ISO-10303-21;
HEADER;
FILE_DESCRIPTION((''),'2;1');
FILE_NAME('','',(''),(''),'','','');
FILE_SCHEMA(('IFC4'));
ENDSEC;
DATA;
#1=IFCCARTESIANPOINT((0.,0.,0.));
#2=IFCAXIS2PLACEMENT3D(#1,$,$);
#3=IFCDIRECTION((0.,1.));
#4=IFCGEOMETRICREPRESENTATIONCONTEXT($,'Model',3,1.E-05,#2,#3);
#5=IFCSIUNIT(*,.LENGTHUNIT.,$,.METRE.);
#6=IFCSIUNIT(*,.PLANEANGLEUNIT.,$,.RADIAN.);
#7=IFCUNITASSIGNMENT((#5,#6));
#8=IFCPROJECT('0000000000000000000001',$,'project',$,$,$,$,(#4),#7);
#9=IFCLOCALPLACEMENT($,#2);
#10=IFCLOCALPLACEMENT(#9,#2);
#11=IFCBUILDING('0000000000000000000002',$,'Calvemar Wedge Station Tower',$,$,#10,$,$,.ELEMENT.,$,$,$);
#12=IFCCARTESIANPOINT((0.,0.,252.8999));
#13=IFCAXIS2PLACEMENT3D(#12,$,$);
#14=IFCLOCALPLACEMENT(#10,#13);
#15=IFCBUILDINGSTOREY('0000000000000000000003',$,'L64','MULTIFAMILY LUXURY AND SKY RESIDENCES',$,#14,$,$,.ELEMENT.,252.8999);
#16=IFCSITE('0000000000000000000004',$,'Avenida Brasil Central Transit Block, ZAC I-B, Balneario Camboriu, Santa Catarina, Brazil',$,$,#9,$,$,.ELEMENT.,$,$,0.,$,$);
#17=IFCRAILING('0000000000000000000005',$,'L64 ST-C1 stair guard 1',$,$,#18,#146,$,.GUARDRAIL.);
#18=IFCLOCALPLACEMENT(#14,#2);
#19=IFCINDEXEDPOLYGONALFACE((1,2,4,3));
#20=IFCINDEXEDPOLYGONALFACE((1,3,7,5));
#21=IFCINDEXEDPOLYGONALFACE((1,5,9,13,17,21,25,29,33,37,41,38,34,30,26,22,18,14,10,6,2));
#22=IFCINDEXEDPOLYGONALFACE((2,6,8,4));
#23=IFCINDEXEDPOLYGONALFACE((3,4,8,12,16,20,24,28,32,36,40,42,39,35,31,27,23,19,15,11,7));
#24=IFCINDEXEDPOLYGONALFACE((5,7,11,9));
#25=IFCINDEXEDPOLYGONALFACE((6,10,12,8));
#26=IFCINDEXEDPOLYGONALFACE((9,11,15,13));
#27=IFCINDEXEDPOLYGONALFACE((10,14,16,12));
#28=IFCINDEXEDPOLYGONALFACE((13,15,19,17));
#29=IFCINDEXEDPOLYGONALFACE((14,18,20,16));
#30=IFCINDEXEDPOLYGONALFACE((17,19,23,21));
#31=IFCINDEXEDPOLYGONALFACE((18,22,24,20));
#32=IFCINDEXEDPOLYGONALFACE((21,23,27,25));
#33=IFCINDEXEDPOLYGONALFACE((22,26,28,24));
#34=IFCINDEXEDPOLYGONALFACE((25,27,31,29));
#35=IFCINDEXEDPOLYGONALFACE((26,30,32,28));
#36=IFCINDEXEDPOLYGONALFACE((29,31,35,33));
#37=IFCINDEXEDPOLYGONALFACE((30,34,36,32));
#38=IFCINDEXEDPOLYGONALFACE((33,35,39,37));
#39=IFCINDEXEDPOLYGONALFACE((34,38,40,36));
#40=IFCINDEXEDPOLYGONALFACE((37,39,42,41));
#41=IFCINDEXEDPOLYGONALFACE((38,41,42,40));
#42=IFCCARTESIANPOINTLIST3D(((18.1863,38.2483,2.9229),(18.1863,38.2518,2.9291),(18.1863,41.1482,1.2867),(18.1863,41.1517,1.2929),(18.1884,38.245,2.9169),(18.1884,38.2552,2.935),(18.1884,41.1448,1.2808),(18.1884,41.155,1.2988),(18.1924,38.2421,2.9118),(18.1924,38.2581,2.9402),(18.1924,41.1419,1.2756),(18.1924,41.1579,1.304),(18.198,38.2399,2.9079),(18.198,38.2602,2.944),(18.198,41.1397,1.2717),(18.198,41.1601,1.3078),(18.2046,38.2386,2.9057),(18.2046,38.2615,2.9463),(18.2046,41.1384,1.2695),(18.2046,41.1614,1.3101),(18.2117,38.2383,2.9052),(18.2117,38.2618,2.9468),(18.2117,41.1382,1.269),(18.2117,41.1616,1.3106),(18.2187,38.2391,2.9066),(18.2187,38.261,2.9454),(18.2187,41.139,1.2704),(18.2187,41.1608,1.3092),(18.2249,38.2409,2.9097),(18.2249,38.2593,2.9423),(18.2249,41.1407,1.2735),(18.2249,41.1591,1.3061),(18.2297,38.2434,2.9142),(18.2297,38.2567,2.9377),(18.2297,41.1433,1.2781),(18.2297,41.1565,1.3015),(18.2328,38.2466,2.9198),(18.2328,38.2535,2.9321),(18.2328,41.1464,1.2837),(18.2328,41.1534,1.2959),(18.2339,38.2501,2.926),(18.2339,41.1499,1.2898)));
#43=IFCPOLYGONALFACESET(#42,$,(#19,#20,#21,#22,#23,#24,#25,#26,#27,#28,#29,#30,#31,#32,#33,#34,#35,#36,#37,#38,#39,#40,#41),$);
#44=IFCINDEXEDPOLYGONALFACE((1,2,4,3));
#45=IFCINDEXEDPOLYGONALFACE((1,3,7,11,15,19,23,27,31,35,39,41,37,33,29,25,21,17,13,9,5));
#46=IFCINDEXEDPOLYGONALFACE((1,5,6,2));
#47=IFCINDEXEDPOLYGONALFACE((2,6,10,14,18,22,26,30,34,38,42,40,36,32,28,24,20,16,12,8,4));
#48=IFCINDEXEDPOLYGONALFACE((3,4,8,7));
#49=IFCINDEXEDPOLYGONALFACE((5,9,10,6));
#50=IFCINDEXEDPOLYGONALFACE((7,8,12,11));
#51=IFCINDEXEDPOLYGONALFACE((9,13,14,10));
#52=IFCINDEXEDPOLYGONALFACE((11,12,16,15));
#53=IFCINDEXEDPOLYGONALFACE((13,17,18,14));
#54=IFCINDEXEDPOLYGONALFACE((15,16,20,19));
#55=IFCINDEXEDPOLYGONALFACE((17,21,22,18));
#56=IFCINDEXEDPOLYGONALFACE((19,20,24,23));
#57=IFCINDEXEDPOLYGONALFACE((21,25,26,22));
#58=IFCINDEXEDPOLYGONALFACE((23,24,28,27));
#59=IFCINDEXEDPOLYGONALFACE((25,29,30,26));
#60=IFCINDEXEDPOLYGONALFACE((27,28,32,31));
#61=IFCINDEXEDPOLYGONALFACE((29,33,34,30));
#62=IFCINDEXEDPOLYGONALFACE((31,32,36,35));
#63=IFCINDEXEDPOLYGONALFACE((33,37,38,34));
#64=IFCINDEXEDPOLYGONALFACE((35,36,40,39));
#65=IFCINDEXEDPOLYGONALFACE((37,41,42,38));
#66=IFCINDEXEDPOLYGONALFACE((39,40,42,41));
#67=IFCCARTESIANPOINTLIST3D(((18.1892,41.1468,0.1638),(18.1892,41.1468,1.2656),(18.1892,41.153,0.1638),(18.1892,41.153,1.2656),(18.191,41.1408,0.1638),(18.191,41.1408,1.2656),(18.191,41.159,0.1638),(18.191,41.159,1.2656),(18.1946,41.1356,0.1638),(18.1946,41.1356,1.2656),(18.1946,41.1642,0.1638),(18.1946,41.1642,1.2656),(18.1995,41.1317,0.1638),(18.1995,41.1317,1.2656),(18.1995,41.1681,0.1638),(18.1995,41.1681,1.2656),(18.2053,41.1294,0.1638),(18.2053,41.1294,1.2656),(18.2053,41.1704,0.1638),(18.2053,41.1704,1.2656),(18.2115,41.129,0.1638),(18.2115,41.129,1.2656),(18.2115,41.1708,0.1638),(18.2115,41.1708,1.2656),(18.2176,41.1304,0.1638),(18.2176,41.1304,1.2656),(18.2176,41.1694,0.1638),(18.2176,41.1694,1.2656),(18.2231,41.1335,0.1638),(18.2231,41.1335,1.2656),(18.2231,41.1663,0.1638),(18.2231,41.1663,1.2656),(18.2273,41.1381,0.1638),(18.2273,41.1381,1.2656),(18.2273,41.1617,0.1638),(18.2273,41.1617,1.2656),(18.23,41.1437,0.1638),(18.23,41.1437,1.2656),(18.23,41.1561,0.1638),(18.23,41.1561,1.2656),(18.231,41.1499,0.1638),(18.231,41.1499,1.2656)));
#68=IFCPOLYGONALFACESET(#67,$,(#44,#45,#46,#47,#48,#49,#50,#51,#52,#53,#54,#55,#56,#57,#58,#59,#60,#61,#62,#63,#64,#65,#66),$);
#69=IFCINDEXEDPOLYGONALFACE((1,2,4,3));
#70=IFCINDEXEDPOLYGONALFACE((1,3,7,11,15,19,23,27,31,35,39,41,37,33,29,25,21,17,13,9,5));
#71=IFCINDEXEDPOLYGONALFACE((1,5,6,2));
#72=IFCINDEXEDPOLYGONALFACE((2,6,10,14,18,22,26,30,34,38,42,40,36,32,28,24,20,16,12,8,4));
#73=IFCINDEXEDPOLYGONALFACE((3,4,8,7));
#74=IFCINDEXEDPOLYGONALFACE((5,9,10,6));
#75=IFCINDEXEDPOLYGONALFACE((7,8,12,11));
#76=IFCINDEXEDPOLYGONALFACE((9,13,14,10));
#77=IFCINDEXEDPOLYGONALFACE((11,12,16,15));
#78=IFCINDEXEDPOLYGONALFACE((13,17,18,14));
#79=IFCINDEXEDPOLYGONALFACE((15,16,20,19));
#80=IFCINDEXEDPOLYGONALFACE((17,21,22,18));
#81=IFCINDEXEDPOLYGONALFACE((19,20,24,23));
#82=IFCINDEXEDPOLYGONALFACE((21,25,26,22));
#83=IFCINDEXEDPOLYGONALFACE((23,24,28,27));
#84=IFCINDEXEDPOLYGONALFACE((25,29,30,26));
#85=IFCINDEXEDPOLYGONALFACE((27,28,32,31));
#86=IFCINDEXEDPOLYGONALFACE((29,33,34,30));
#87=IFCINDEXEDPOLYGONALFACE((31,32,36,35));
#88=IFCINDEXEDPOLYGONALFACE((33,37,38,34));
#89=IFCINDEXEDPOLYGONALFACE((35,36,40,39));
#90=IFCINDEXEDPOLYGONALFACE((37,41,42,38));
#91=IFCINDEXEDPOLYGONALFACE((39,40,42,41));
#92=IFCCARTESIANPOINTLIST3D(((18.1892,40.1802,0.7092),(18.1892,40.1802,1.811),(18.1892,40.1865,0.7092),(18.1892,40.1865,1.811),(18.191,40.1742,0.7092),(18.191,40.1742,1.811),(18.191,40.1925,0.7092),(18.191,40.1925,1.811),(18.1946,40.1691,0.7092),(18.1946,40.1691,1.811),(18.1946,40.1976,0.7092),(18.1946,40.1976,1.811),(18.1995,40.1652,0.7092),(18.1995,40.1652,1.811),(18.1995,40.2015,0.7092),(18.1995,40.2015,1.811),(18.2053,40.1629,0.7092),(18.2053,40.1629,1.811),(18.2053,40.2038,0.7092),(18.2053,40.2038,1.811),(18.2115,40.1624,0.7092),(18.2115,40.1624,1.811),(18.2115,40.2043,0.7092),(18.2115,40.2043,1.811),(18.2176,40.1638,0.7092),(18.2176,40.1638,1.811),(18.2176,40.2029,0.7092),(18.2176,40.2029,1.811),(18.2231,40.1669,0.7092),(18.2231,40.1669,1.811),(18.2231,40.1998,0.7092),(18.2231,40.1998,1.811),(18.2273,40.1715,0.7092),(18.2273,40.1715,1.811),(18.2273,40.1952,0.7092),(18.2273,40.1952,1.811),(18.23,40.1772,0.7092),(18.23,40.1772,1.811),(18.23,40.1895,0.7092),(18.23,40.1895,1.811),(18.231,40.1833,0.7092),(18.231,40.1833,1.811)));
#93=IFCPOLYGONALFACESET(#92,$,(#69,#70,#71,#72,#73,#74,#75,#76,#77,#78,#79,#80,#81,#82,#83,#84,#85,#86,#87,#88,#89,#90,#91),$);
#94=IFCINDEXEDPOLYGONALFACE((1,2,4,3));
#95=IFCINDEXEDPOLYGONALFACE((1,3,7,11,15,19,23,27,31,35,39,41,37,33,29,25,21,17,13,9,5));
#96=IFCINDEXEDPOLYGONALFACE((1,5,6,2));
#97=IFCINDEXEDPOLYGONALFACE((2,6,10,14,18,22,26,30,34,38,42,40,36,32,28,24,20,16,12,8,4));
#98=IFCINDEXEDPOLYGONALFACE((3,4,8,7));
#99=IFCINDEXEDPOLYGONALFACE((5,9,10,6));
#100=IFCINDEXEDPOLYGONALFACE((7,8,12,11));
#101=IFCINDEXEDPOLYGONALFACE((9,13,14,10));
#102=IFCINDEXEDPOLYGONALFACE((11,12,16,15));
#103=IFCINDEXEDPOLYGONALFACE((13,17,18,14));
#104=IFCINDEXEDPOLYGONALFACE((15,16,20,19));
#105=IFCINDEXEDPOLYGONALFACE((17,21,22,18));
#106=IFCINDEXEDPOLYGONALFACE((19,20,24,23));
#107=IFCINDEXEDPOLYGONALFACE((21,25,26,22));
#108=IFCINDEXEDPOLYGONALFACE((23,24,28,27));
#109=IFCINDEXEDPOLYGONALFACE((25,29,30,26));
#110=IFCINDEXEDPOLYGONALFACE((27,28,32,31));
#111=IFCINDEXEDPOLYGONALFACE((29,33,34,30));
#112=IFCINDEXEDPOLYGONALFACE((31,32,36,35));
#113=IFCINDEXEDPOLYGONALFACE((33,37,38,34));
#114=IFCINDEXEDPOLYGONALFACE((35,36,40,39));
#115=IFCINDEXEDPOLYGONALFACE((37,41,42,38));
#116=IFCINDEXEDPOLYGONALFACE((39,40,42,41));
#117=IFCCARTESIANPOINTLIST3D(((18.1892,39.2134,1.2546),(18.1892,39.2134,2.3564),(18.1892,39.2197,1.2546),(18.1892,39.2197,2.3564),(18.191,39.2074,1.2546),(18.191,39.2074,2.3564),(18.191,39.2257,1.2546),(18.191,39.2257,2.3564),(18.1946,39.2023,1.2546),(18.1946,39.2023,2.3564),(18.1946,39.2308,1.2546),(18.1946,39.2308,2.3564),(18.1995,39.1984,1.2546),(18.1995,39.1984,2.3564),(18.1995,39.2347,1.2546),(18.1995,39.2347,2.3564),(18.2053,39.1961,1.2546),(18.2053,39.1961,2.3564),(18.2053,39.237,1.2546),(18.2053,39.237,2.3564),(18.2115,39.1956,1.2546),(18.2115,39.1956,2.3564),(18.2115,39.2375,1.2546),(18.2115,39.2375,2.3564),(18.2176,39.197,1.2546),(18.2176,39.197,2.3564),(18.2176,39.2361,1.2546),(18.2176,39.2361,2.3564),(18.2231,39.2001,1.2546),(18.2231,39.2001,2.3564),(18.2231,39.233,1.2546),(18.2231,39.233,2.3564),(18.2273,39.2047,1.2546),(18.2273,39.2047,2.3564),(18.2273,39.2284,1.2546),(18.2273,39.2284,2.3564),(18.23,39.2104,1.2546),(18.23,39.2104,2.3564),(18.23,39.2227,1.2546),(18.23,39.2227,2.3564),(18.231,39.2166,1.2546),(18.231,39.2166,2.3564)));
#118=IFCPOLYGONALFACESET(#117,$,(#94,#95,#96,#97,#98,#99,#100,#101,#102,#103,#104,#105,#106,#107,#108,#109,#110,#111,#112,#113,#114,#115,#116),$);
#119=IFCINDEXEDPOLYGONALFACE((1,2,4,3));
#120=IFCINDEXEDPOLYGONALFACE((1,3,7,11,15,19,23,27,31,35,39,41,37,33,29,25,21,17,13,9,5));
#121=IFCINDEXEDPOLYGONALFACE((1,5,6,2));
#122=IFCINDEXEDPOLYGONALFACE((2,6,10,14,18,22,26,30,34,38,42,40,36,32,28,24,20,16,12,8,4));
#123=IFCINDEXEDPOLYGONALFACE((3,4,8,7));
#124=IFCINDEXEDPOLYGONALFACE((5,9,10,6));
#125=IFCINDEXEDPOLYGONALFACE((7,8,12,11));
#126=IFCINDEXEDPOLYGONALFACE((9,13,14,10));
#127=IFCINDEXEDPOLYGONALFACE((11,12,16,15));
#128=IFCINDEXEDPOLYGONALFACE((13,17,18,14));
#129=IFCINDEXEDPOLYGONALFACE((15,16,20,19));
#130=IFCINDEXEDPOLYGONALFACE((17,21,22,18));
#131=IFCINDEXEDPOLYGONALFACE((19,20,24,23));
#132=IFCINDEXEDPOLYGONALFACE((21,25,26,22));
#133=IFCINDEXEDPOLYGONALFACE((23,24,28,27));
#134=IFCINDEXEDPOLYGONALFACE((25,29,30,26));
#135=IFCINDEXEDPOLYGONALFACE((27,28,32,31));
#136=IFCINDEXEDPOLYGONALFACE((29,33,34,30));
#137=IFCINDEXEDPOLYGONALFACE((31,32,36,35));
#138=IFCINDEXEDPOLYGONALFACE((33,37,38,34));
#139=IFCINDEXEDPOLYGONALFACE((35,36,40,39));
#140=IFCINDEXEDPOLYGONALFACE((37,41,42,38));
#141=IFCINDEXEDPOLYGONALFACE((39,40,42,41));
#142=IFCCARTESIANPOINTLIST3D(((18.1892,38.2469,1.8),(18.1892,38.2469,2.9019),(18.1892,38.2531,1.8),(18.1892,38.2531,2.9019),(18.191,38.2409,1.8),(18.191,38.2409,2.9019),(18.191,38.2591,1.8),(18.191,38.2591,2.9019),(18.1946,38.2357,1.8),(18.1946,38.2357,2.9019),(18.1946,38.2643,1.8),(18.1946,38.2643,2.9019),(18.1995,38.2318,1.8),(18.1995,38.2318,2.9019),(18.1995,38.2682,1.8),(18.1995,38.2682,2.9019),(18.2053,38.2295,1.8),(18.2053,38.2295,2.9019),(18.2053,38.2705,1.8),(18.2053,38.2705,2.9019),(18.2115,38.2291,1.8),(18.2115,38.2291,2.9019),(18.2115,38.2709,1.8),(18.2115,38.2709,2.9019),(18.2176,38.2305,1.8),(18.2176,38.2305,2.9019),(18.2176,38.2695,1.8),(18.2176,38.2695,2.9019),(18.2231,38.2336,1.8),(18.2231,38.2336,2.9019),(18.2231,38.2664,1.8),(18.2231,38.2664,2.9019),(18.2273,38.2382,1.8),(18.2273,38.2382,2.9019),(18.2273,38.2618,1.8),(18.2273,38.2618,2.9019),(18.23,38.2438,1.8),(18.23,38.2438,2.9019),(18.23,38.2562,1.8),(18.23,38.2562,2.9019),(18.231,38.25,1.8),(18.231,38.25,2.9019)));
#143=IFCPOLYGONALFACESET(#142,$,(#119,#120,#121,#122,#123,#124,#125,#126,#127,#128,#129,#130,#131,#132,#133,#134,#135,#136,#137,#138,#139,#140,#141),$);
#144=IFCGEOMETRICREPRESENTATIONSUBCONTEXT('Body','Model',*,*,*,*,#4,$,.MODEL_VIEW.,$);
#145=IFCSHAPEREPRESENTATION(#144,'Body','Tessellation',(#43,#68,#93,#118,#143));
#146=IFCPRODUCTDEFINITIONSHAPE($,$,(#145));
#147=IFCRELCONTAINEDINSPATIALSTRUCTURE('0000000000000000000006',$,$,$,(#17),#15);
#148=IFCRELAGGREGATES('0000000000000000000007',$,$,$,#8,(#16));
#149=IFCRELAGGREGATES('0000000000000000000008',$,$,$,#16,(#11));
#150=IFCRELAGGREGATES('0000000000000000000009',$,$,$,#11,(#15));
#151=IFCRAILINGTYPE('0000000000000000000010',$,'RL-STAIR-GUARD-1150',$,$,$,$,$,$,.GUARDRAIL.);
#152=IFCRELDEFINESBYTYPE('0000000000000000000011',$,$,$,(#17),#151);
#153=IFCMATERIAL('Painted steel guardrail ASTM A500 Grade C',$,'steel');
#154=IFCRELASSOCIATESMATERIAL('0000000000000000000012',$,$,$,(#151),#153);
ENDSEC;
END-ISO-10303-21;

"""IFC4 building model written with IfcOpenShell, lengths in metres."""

from ifc_helpers import new_model, si_unit, direction, frame, origin, origin_2d, place, context, subcontext, project, spatial, circle, extrude, material, type_object, element, save


model = new_model("IFC4")

# Units and contexts
model_context = context("Model", 3, precision=1e-05, world=origin(), true_north=direction((0.0, 1.0)))
body_context = subcontext(model_context, "Body", "Model", "MODEL_VIEW")
ifc_project = project(units=[si_unit("LENGTHUNIT", "METRE"), si_unit("PLANEANGLEUNIT", "RADIAN")], contexts=[model_context])

# Site, building, storey
site_placement = place(None, origin())
site = spatial("IfcSite", under=ifc_project, at=site_placement, Name="Avenida Brasil Central Transit Block, ZAC I-B, Balneario Camboriu, Santa Catarina, Brazil", CompositionType="ELEMENT", RefElevation=0.0)
building_placement = place(site_placement, origin())
building = spatial("IfcBuilding", under=site, at=building_placement, Name="Calvemar Wedge Station Tower", CompositionType="ELEMENT")
storey_placement = place(building_placement, frame((0.0, 0.0, 252.8999)))
storey = spatial("IfcBuildingStorey", under=building, at=storey_placement, Name="L64", Description="MULTIFAMILY LUXURY AND SKY RESIDENCES", CompositionType="ELEMENT", Elevation=252.8999)

# Railing
ifc_material_1 = material(Name="Painted steel guardrail ASTM A500 Grade C", Category="steel")
railing_type_1 = type_object("IfcRailingType", Name="RL-STAIR-GUARD-1150", PredefinedType="GUARDRAIL", material=ifc_material_1)
railing_1_placement = place(storey_placement, frame((18.21, 41.1499, 0.1638)))
element("IfcRailing", 1, at=railing_1_placement, inside=storey, type_object=railing_type_1, Name="L64 ST-C1 stair guard 1", PredefinedType="GUARDRAIL", context=body_context, shape_type="SweptSolid", body=[
    extrude(circle(Radius=0.0239, at=origin_2d()), frame((0.0, 0.0, 1.126), z_axis=(0.0, -0.870929, 0.49141), x_axis=(1.0, 0.0, 0.0)), (0.0, 0.0, 1.0), 3.3296),
    extrude(circle(Radius=0.021, at=origin_2d()), origin(), (0.0, 0.0, 1.0), 1.1018),
    extrude(circle(Radius=0.021, at=origin_2d()), frame((0.0, -0.9666, 0.5454)), (0.0, 0.0, 1.0), 1.1018),
    extrude(circle(Radius=0.021, at=origin_2d()), frame((0.0, -1.9333, 1.0908)), (0.0, 0.0, 1.0), 1.1018),
    extrude(circle(Radius=0.021, at=origin_2d()), frame((0.0, -2.8999, 1.6362)), (0.0, 0.0, 1.0), 1.1018),
])

save(model, "model.ifc")
